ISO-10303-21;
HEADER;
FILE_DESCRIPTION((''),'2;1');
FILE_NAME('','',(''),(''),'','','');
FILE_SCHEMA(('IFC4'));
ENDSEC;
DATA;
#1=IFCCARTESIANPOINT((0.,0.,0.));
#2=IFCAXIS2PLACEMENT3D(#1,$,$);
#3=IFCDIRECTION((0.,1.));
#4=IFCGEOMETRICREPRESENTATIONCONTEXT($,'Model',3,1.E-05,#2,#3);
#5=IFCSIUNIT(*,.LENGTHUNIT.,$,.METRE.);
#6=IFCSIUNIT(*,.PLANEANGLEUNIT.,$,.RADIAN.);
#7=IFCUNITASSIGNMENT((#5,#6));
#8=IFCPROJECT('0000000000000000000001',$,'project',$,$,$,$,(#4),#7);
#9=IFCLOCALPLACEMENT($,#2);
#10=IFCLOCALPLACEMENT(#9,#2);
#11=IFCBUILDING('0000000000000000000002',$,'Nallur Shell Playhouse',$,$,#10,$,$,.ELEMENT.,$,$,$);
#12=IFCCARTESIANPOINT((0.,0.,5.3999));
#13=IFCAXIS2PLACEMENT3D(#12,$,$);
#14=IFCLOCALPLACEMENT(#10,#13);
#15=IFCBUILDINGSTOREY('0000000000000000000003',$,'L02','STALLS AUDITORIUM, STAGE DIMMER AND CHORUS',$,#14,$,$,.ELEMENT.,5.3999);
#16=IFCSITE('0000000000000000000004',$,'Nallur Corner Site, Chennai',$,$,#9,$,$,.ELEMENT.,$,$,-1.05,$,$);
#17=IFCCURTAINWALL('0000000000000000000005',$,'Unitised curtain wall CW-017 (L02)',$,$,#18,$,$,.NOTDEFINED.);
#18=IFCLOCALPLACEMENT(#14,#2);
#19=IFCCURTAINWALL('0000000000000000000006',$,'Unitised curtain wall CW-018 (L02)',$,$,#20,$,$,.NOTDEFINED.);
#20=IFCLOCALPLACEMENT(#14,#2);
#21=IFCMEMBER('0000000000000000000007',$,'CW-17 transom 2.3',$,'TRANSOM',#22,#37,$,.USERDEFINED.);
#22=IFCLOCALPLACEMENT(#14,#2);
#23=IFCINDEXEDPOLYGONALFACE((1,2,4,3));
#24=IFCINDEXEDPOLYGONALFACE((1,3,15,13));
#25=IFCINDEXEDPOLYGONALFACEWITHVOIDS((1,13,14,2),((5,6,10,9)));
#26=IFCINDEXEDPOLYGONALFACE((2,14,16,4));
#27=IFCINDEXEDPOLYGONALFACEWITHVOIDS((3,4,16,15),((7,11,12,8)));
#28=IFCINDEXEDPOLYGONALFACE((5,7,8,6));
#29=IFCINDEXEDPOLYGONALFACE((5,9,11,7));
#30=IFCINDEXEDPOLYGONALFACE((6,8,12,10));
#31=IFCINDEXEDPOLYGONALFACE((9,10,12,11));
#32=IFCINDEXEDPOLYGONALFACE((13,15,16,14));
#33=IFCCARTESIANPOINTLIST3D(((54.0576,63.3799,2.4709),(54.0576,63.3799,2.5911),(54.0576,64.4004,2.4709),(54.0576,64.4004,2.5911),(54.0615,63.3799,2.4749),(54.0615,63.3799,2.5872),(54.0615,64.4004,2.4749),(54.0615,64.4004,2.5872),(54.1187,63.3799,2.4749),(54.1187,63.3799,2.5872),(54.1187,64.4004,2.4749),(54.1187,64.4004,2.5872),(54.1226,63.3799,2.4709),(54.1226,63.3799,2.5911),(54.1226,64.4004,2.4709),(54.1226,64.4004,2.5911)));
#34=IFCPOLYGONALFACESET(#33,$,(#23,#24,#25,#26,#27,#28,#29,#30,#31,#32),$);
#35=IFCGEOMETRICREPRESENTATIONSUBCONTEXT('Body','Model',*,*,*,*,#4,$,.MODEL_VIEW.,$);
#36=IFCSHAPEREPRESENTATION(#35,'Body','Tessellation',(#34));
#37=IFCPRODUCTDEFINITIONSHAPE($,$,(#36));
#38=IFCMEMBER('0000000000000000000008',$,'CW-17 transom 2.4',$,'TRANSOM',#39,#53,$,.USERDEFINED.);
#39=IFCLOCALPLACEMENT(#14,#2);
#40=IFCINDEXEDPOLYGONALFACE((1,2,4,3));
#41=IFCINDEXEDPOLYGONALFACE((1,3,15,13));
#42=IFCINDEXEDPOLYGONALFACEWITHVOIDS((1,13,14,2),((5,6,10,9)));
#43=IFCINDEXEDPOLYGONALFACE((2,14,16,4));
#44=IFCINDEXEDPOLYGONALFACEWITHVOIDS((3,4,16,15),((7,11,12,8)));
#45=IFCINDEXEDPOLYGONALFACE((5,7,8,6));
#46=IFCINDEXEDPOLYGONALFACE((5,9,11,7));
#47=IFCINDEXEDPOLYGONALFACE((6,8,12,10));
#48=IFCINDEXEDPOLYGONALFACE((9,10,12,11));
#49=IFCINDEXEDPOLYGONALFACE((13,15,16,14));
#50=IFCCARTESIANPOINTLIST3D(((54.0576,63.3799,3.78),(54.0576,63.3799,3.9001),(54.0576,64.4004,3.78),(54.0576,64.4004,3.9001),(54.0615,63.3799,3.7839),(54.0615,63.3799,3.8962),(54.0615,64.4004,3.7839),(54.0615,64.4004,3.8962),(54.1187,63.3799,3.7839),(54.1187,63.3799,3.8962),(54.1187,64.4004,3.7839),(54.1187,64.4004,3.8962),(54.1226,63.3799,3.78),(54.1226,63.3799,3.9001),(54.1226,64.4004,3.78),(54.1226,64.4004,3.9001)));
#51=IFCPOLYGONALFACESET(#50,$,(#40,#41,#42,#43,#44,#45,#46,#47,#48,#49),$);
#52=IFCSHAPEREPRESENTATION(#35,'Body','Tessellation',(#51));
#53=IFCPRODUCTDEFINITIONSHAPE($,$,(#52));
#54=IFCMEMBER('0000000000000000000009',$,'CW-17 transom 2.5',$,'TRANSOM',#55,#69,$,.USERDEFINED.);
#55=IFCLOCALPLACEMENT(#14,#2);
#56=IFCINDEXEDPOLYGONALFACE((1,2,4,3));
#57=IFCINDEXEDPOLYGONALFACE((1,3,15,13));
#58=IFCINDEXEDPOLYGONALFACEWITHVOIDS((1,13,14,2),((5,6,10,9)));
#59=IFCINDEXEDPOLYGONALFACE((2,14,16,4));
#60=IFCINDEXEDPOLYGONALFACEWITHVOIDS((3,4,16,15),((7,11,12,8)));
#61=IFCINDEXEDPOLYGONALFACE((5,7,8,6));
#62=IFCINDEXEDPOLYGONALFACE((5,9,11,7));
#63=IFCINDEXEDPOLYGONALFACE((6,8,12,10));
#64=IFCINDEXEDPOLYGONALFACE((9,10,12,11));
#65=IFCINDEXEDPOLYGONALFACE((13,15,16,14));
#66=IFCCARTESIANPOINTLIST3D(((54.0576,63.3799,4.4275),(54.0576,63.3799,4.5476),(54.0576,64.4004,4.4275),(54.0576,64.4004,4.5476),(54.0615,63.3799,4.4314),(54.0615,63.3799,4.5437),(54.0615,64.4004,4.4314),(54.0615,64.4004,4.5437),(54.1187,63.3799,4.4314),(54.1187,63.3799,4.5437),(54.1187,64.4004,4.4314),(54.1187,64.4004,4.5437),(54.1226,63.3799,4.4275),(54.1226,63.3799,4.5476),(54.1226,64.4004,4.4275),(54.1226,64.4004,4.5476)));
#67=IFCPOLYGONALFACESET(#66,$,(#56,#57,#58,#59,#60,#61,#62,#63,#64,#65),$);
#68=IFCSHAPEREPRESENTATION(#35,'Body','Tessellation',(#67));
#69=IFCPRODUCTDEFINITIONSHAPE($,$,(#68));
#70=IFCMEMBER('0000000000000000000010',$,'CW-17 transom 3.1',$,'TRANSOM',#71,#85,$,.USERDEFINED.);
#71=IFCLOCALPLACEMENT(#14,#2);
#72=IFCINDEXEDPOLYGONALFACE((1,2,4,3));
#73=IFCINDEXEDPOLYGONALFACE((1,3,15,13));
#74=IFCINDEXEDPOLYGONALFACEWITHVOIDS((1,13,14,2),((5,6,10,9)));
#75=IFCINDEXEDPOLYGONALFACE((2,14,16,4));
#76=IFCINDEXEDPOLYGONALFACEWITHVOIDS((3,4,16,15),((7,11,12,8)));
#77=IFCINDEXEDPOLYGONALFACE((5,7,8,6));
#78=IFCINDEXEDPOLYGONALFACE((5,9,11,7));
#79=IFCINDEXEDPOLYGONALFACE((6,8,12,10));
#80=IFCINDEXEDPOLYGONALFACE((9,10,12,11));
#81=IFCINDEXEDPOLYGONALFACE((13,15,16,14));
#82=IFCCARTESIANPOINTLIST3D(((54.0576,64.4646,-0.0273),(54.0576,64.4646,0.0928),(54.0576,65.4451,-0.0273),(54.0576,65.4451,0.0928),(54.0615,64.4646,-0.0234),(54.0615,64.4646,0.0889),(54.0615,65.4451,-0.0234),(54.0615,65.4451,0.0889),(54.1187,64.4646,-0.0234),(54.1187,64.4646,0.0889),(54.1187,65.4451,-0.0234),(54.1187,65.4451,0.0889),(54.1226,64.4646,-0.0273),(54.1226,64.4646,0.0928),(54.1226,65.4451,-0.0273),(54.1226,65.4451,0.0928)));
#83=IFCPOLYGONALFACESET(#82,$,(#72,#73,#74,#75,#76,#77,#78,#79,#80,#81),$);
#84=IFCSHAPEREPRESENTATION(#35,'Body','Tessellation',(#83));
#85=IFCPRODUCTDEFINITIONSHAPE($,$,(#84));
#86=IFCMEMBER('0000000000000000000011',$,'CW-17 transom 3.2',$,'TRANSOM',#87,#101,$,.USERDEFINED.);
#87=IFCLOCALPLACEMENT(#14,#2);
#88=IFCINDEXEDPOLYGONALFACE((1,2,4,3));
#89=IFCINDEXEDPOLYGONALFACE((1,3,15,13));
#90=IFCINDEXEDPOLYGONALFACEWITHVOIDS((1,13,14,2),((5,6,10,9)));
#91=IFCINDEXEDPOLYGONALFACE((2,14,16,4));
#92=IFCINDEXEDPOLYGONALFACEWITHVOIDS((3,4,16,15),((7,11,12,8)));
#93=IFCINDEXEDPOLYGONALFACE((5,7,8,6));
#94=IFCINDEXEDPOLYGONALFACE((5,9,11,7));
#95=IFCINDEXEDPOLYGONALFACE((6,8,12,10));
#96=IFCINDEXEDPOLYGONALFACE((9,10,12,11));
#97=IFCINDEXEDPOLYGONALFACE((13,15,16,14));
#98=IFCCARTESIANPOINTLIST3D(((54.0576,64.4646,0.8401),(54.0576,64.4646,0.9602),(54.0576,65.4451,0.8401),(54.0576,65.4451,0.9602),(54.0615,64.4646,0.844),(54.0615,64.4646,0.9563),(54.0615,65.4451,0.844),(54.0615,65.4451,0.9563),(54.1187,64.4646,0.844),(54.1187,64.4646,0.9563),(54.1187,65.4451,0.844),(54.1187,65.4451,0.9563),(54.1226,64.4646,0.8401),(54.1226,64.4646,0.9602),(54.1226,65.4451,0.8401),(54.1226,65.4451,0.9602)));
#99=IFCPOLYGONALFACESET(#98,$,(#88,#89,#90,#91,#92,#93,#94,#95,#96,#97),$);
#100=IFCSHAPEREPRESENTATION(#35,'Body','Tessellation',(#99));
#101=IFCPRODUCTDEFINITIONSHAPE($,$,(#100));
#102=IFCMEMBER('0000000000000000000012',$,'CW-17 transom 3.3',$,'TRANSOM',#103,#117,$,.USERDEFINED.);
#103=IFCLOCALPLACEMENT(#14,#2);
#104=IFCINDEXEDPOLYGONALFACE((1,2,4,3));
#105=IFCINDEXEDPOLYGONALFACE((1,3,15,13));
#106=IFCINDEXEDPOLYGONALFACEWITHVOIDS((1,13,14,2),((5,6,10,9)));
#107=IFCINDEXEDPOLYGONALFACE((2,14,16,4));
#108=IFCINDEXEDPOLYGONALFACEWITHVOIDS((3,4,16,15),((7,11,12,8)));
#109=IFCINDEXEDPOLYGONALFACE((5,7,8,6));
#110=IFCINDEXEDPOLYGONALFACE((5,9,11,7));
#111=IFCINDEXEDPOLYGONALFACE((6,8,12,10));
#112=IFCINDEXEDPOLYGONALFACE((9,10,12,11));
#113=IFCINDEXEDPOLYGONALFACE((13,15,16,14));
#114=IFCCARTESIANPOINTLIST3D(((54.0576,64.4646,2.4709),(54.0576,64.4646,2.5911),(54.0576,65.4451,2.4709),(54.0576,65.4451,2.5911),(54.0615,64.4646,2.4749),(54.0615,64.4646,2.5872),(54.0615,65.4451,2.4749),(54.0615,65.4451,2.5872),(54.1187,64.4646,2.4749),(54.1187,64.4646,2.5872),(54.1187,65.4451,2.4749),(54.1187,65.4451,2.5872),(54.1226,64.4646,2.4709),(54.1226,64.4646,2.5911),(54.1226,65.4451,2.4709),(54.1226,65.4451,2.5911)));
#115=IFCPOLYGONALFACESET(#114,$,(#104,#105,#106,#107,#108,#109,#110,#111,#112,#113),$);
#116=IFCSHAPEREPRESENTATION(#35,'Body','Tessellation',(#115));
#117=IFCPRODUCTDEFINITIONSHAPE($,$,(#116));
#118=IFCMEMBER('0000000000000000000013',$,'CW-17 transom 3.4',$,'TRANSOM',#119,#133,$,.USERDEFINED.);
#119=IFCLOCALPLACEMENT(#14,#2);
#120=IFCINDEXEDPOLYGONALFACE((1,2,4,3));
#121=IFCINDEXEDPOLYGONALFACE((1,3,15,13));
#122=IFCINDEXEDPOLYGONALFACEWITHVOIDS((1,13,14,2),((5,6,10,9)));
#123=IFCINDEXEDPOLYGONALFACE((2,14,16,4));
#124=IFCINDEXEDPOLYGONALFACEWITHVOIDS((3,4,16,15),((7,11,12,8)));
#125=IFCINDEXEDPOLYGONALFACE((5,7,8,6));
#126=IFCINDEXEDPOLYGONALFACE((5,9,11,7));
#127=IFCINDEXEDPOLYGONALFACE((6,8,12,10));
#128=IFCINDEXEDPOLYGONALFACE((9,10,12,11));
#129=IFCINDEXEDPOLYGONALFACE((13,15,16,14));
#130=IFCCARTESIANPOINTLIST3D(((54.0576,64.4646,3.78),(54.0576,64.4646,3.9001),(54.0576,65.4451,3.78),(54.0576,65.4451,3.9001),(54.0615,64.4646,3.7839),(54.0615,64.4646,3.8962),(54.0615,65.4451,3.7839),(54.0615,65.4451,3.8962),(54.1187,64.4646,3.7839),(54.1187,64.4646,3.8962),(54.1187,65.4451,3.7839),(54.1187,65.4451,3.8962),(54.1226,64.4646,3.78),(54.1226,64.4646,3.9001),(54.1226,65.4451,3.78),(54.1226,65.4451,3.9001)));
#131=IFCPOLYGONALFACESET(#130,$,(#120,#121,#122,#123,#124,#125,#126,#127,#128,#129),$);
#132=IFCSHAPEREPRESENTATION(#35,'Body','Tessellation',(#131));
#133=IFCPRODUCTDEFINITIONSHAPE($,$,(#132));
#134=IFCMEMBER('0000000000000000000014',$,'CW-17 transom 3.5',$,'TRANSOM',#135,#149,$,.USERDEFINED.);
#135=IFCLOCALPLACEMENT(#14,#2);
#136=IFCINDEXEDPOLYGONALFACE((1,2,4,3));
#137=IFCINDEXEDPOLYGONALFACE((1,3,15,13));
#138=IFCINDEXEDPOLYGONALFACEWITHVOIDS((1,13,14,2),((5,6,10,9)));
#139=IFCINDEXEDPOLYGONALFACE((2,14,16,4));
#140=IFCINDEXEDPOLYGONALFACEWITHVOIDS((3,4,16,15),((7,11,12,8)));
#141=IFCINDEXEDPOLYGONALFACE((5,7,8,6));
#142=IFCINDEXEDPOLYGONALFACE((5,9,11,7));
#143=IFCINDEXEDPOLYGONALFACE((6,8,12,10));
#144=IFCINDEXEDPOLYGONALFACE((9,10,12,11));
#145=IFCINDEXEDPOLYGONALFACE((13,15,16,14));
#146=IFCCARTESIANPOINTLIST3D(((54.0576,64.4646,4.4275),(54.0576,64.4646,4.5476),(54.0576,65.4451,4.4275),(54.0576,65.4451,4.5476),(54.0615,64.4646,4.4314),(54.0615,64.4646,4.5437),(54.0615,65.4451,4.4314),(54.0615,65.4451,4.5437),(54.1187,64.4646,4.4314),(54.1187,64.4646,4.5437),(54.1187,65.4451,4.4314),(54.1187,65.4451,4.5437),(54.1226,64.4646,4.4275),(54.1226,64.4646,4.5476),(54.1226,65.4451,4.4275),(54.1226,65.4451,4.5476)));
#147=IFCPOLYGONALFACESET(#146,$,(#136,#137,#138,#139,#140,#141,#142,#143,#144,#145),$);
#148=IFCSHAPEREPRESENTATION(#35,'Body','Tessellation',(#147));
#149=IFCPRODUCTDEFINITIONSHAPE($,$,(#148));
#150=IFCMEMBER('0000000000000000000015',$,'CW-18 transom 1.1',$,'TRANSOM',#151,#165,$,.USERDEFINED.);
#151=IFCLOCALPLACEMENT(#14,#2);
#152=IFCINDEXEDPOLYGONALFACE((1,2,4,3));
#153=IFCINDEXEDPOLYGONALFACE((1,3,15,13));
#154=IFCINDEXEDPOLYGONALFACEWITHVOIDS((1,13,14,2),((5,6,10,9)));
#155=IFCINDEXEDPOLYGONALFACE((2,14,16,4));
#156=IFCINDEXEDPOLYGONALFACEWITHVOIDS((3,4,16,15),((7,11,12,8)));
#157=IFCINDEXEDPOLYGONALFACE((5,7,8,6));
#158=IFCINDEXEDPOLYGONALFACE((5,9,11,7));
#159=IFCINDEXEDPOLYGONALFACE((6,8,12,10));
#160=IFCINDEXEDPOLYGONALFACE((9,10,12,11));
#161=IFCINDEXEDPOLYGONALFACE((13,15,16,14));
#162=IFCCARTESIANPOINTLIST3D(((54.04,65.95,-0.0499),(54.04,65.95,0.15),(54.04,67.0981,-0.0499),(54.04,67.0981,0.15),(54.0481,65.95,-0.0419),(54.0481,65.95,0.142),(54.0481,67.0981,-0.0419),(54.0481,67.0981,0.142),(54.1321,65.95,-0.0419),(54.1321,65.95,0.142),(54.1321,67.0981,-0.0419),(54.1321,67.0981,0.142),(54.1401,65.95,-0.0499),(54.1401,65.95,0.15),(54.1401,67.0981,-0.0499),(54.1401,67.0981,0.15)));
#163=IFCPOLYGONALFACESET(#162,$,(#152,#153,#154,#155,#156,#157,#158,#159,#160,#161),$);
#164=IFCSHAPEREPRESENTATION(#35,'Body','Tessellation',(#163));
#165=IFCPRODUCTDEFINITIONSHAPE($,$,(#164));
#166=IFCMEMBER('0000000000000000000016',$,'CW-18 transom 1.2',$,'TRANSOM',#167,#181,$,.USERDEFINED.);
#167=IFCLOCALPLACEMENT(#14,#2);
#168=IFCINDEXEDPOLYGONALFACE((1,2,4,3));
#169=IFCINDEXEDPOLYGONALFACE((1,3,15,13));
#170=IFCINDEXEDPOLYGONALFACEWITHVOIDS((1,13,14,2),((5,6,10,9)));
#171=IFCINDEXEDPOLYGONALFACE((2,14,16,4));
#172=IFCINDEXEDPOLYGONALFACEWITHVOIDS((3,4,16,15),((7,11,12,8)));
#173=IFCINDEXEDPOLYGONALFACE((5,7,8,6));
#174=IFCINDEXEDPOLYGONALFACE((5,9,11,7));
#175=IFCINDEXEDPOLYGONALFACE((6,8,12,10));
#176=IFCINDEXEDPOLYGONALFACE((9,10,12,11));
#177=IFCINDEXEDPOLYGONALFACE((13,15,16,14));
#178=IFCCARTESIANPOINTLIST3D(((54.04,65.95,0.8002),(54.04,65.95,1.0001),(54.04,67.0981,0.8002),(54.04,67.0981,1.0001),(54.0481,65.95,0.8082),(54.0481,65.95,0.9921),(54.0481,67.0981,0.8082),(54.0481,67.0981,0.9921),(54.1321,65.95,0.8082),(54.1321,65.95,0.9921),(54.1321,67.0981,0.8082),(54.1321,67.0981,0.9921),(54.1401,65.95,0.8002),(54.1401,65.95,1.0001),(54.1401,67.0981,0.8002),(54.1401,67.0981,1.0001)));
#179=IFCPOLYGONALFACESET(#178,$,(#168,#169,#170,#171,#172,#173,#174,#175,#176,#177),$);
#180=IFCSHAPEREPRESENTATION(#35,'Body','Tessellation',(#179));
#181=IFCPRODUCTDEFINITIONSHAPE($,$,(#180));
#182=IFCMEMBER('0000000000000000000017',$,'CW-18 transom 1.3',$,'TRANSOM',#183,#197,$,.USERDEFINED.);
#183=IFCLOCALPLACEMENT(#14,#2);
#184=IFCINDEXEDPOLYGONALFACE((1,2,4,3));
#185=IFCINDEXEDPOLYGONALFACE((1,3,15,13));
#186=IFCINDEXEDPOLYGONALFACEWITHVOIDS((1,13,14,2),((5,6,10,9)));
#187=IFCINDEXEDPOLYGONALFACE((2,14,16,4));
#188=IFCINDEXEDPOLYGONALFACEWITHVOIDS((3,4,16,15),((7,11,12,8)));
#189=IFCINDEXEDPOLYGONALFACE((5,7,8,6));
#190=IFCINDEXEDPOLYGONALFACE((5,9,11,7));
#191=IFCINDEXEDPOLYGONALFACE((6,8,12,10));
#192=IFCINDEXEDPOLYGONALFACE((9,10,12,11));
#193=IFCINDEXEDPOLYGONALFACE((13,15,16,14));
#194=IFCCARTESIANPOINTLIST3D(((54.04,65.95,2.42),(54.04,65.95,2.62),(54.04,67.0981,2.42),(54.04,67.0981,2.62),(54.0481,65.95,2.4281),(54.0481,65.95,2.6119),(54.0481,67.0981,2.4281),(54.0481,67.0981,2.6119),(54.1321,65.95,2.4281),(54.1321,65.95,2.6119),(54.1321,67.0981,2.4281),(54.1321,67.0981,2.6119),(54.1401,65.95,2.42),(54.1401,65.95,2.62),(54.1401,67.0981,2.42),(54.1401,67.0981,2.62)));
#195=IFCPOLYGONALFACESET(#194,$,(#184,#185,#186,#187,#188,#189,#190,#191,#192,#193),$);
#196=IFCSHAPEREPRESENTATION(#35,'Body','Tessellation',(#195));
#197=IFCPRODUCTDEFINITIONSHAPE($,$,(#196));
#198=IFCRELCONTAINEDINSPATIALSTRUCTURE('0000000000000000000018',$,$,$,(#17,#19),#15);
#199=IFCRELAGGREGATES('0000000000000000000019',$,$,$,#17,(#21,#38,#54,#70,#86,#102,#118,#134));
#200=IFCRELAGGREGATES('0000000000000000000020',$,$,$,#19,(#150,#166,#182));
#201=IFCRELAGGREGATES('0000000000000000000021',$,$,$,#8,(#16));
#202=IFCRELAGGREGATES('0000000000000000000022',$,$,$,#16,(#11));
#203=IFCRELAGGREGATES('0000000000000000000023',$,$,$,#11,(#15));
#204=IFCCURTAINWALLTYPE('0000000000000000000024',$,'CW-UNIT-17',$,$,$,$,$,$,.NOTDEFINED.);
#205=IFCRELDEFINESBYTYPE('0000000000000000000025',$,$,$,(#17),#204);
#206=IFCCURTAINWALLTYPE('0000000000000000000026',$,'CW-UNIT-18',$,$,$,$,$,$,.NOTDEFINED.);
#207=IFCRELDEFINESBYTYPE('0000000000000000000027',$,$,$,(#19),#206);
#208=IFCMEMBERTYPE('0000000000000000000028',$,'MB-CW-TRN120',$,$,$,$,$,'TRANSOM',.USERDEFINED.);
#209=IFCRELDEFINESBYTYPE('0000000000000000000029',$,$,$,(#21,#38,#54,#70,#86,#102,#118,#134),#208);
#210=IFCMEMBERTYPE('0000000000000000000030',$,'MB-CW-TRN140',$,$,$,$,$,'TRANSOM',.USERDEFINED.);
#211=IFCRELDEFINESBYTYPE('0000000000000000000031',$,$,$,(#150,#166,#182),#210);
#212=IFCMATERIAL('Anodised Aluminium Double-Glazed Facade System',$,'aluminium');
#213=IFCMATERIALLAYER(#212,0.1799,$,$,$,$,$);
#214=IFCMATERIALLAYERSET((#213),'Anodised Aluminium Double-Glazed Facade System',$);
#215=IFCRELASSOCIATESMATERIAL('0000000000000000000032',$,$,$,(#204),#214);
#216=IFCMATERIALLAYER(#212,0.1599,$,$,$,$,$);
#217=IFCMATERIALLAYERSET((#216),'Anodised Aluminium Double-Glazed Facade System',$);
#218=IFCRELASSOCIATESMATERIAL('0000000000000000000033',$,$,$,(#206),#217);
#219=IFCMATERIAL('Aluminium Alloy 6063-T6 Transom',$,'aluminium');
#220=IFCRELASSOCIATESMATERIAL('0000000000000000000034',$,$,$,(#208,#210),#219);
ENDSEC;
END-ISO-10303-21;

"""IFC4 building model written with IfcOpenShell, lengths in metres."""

from ifc_helpers import new_model, si_unit, direction, frame, origin, origin_2d, place, context, subcontext, project, spatial, hollow_rectangle, extrude, material, layer, layer_set, material_profile, profile_set, type_object, element, aggregate, save


model = new_model("IFC4")

# Units and contexts
model_context = context("Model", 3, precision=1e-05, world=origin(), true_north=direction((0.0, 1.0)))
body_context = subcontext(model_context, "Body", "Model", "MODEL_VIEW")
ifc_project = project(units=[si_unit("LENGTHUNIT", "METRE"), si_unit("PLANEANGLEUNIT", "RADIAN")], contexts=[model_context])

# Site, building, storey
site_placement = place(None, origin())
site = spatial("IfcSite", under=ifc_project, at=site_placement, Name="Nallur Corner Site, Chennai", CompositionType="ELEMENT", RefElevation=-1.05)
building_placement = place(site_placement, origin())
building = spatial("IfcBuilding", under=site, at=building_placement, Name="Nallur Shell Playhouse", CompositionType="ELEMENT")
storey_placement = place(building_placement, frame((0.0, 0.0, 5.3999)))
storey = spatial("IfcBuildingStorey", under=building, at=storey_placement, Name="L02", Description="STALLS AUDITORIUM, STAGE DIMMER AND CHORUS", CompositionType="ELEMENT", Elevation=5.3999)

# Curtain walls
ifc_material_1 = material(Name="Anodised Aluminium Double-Glazed Facade System", Category="aluminium")
ifc_layer_1 = layer(ifc_material_1, 0.1799)
ifc_layer_set_1 = layer_set([ifc_layer_1], Name="Anodised Aluminium Double-Glazed Facade System")
curtain_wall_type_1 = type_object("IfcCurtainWallType", Name="CW-UNIT-17", PredefinedType="NOTDEFINED", material=ifc_layer_set_1)
curtain_wall_1_placement = place(storey_placement, origin())
curtain_wall_1 = element("IfcCurtainWall", 1, at=curtain_wall_1_placement, inside=storey, type_object=curtain_wall_type_1, Name="Unitised curtain wall CW-017 (L02)", PredefinedType="NOTDEFINED")
ifc_layer_2 = layer(ifc_material_1, 0.1599)
ifc_layer_set_2 = layer_set([ifc_layer_2], Name="Anodised Aluminium Double-Glazed Facade System")
curtain_wall_type_2 = type_object("IfcCurtainWallType", Name="CW-UNIT-18", PredefinedType="NOTDEFINED", material=ifc_layer_set_2)
curtain_wall_2_placement = place(storey_placement, origin())
curtain_wall_2 = element("IfcCurtainWall", 2, at=curtain_wall_2_placement, inside=storey, type_object=curtain_wall_type_2, Name="Unitised curtain wall CW-018 (L02)", PredefinedType="NOTDEFINED")

# Members
ifc_material_2 = material(Name="Aluminium Alloy 6063-T6 Transom", Category="aluminium")
ifc_material_profile_1 = material_profile(ifc_material_2, hollow_rectangle(XDim=0.0649, YDim=0.1201, WallThickness=0.0039, at=origin_2d()), Name="ALU 65x120x4")
ifc_profile_set_1 = profile_set([ifc_material_profile_1], Name="Aluminium Alloy 6063-T6 Transom")
member_type_1 = type_object("IfcMemberType", Name="MB-CW-TRN120", ElementType="TRANSOM", PredefinedType="USERDEFINED", material=ifc_profile_set_1)
member_1_placement = place(storey_placement, frame((54.0901, 63.3799, 2.531), z_axis=(0.0, 1.0, 0.0), x_axis=(-1.0, 0.0, 0.0)))
member_1 = element("IfcMember", 3, at=member_1_placement, type_object=member_type_1, Name="CW-17 transom 2.3", ObjectType="TRANSOM", PredefinedType="USERDEFINED", context=body_context, shape_type="SweptSolid", body=[
    extrude(hollow_rectangle(XDim=0.0649, YDim=0.1201, WallThickness=0.0039, at=origin_2d()), origin(), (0.0, 0.0, 1.0), 1.0205),
])
member_2_placement = place(storey_placement, frame((54.0901, 63.3799, 3.8401), z_axis=(0.0, 1.0, 0.0), x_axis=(-1.0, 0.0, 0.0)))
member_2 = element("IfcMember", 4, at=member_2_placement, type_object=member_type_1, Name="CW-17 transom 2.4", ObjectType="TRANSOM", PredefinedType="USERDEFINED", context=body_context, shape_type="SweptSolid", body=[
    extrude(hollow_rectangle(XDim=0.0649, YDim=0.1201, WallThickness=0.0039, at=origin_2d()), origin(), (0.0, 0.0, 1.0), 1.0205),
])
member_3_placement = place(storey_placement, frame((54.0901, 63.3799, 4.4875), z_axis=(0.0, 1.0, 0.0), x_axis=(-1.0, 0.0, 0.0)))
member_3 = element("IfcMember", 5, at=member_3_placement, type_object=member_type_1, Name="CW-17 transom 2.5", ObjectType="TRANSOM", PredefinedType="USERDEFINED", context=body_context, shape_type="SweptSolid", body=[
    extrude(hollow_rectangle(XDim=0.0649, YDim=0.1201, WallThickness=0.0039, at=origin_2d()), origin(), (0.0, 0.0, 1.0), 1.0205),
])
member_4_placement = place(storey_placement, frame((54.0901, 64.4646, 0.0327), z_axis=(0.0, 1.0, 0.0), x_axis=(-1.0, 0.0, 0.0)))
member_4 = element("IfcMember", 6, at=member_4_placement, type_object=member_type_1, Name="CW-17 transom 3.1", ObjectType="TRANSOM", PredefinedType="USERDEFINED", context=body_context, shape_type="SweptSolid", body=[
    extrude(hollow_rectangle(XDim=0.0649, YDim=0.1201, WallThickness=0.0039, at=origin_2d()), origin(), (0.0, 0.0, 1.0), 0.9805),
])
member_5_placement = place(storey_placement, frame((54.0901, 64.4646, 0.9001), z_axis=(0.0, 1.0, 0.0), x_axis=(-1.0, 0.0, 0.0)))
member_5 = element("IfcMember", 7, at=member_5_placement, type_object=member_type_1, Name="CW-17 transom 3.2", ObjectType="TRANSOM", PredefinedType="USERDEFINED", context=body_context, shape_type="SweptSolid", body=[
    extrude(hollow_rectangle(XDim=0.0649, YDim=0.1201, WallThickness=0.0039, at=origin_2d()), origin(), (0.0, 0.0, 1.0), 0.9805),
])
member_6_placement = place(storey_placement, frame((54.0901, 64.4646, 2.531), z_axis=(0.0, 1.0, 0.0), x_axis=(-1.0, 0.0, 0.0)))
member_6 = element("IfcMember", 8, at=member_6_placement, type_object=member_type_1, Name="CW-17 transom 3.3", ObjectType="TRANSOM", PredefinedType="USERDEFINED", context=body_context, shape_type="SweptSolid", body=[
    extrude(hollow_rectangle(XDim=0.0649, YDim=0.1201, WallThickness=0.0039, at=origin_2d()), origin(), (0.0, 0.0, 1.0), 0.9805),
])
member_7_placement = place(storey_placement, frame((54.0901, 64.4646, 3.8401), z_axis=(0.0, 1.0, 0.0), x_axis=(-1.0, 0.0, 0.0)))
member_7 = element("IfcMember", 9, at=member_7_placement, type_object=member_type_1, Name="CW-17 transom 3.4", ObjectType="TRANSOM", PredefinedType="USERDEFINED", context=body_context, shape_type="SweptSolid", body=[
    extrude(hollow_rectangle(XDim=0.0649, YDim=0.1201, WallThickness=0.0039, at=origin_2d()), origin(), (0.0, 0.0, 1.0), 0.9805),
])
member_8_placement = place(storey_placement, frame((54.0901, 64.4646, 4.4875), z_axis=(0.0, 1.0, 0.0), x_axis=(-1.0, 0.0, 0.0)))
member_8 = element("IfcMember", 10, at=member_8_placement, type_object=member_type_1, Name="CW-17 transom 3.5", ObjectType="TRANSOM", PredefinedType="USERDEFINED", context=body_context, shape_type="SweptSolid", body=[
    extrude(hollow_rectangle(XDim=0.0649, YDim=0.1201, WallThickness=0.0039, at=origin_2d()), origin(), (0.0, 0.0, 1.0), 0.9805),
])
ifc_material_profile_2 = material_profile(ifc_material_2, hollow_rectangle(XDim=0.1001, YDim=0.2, WallThickness=0.0081, at=origin_2d()), Name="RHS 200x100x8")
ifc_profile_set_2 = profile_set([ifc_material_profile_2], Name="Aluminium Alloy 6063-T6 Transom")
member_type_2 = type_object("IfcMemberType", Name="MB-CW-TRN140", ElementType="TRANSOM", PredefinedType="USERDEFINED", material=ifc_profile_set_2)
member_9_placement = place(storey_placement, frame((54.0901, 65.95, 0.05), z_axis=(0.0, 1.0, 0.0), x_axis=(-1.0, 0.0, 0.0)))
member_9 = element("IfcMember", 11, at=member_9_placement, type_object=member_type_2, Name="CW-18 transom 1.1", ObjectType="TRANSOM", PredefinedType="USERDEFINED", context=body_context, shape_type="SweptSolid", body=[
    extrude(hollow_rectangle(XDim=0.1001, YDim=0.2, WallThickness=0.0081, at=origin_2d()), origin(), (0.0, 0.0, 1.0), 1.1482),
])
member_10_placement = place(storey_placement, frame((54.0901, 65.95, 0.9001), z_axis=(0.0, 1.0, 0.0), x_axis=(-1.0, 0.0, 0.0)))
member_10 = element("IfcMember", 12, at=member_10_placement, type_object=member_type_2, Name="CW-18 transom 1.2", ObjectType="TRANSOM", PredefinedType="USERDEFINED", context=body_context, shape_type="SweptSolid", body=[
    extrude(hollow_rectangle(XDim=0.1001, YDim=0.2, WallThickness=0.0081, at=origin_2d()), origin(), (0.0, 0.0, 1.0), 1.1482),
])
member_11_placement = place(storey_placement, frame((54.0901, 65.95, 2.52), z_axis=(0.0, 1.0, 0.0), x_axis=(-1.0, 0.0, 0.0)))
member_11 = element("IfcMember", 13, at=member_11_placement, type_object=member_type_2, Name="CW-18 transom 1.3", ObjectType="TRANSOM", PredefinedType="USERDEFINED", context=body_context, shape_type="SweptSolid", body=[
    extrude(hollow_rectangle(XDim=0.1001, YDim=0.2, WallThickness=0.0081, at=origin_2d()), origin(), (0.0, 0.0, 1.0), 1.1482),
])

aggregate(curtain_wall_1, [member_1, member_2, member_3, member_4, member_5, member_6, member_7, member_8])
aggregate(curtain_wall_2, [member_9, member_10, member_11])

save(model, "model.ifc")
